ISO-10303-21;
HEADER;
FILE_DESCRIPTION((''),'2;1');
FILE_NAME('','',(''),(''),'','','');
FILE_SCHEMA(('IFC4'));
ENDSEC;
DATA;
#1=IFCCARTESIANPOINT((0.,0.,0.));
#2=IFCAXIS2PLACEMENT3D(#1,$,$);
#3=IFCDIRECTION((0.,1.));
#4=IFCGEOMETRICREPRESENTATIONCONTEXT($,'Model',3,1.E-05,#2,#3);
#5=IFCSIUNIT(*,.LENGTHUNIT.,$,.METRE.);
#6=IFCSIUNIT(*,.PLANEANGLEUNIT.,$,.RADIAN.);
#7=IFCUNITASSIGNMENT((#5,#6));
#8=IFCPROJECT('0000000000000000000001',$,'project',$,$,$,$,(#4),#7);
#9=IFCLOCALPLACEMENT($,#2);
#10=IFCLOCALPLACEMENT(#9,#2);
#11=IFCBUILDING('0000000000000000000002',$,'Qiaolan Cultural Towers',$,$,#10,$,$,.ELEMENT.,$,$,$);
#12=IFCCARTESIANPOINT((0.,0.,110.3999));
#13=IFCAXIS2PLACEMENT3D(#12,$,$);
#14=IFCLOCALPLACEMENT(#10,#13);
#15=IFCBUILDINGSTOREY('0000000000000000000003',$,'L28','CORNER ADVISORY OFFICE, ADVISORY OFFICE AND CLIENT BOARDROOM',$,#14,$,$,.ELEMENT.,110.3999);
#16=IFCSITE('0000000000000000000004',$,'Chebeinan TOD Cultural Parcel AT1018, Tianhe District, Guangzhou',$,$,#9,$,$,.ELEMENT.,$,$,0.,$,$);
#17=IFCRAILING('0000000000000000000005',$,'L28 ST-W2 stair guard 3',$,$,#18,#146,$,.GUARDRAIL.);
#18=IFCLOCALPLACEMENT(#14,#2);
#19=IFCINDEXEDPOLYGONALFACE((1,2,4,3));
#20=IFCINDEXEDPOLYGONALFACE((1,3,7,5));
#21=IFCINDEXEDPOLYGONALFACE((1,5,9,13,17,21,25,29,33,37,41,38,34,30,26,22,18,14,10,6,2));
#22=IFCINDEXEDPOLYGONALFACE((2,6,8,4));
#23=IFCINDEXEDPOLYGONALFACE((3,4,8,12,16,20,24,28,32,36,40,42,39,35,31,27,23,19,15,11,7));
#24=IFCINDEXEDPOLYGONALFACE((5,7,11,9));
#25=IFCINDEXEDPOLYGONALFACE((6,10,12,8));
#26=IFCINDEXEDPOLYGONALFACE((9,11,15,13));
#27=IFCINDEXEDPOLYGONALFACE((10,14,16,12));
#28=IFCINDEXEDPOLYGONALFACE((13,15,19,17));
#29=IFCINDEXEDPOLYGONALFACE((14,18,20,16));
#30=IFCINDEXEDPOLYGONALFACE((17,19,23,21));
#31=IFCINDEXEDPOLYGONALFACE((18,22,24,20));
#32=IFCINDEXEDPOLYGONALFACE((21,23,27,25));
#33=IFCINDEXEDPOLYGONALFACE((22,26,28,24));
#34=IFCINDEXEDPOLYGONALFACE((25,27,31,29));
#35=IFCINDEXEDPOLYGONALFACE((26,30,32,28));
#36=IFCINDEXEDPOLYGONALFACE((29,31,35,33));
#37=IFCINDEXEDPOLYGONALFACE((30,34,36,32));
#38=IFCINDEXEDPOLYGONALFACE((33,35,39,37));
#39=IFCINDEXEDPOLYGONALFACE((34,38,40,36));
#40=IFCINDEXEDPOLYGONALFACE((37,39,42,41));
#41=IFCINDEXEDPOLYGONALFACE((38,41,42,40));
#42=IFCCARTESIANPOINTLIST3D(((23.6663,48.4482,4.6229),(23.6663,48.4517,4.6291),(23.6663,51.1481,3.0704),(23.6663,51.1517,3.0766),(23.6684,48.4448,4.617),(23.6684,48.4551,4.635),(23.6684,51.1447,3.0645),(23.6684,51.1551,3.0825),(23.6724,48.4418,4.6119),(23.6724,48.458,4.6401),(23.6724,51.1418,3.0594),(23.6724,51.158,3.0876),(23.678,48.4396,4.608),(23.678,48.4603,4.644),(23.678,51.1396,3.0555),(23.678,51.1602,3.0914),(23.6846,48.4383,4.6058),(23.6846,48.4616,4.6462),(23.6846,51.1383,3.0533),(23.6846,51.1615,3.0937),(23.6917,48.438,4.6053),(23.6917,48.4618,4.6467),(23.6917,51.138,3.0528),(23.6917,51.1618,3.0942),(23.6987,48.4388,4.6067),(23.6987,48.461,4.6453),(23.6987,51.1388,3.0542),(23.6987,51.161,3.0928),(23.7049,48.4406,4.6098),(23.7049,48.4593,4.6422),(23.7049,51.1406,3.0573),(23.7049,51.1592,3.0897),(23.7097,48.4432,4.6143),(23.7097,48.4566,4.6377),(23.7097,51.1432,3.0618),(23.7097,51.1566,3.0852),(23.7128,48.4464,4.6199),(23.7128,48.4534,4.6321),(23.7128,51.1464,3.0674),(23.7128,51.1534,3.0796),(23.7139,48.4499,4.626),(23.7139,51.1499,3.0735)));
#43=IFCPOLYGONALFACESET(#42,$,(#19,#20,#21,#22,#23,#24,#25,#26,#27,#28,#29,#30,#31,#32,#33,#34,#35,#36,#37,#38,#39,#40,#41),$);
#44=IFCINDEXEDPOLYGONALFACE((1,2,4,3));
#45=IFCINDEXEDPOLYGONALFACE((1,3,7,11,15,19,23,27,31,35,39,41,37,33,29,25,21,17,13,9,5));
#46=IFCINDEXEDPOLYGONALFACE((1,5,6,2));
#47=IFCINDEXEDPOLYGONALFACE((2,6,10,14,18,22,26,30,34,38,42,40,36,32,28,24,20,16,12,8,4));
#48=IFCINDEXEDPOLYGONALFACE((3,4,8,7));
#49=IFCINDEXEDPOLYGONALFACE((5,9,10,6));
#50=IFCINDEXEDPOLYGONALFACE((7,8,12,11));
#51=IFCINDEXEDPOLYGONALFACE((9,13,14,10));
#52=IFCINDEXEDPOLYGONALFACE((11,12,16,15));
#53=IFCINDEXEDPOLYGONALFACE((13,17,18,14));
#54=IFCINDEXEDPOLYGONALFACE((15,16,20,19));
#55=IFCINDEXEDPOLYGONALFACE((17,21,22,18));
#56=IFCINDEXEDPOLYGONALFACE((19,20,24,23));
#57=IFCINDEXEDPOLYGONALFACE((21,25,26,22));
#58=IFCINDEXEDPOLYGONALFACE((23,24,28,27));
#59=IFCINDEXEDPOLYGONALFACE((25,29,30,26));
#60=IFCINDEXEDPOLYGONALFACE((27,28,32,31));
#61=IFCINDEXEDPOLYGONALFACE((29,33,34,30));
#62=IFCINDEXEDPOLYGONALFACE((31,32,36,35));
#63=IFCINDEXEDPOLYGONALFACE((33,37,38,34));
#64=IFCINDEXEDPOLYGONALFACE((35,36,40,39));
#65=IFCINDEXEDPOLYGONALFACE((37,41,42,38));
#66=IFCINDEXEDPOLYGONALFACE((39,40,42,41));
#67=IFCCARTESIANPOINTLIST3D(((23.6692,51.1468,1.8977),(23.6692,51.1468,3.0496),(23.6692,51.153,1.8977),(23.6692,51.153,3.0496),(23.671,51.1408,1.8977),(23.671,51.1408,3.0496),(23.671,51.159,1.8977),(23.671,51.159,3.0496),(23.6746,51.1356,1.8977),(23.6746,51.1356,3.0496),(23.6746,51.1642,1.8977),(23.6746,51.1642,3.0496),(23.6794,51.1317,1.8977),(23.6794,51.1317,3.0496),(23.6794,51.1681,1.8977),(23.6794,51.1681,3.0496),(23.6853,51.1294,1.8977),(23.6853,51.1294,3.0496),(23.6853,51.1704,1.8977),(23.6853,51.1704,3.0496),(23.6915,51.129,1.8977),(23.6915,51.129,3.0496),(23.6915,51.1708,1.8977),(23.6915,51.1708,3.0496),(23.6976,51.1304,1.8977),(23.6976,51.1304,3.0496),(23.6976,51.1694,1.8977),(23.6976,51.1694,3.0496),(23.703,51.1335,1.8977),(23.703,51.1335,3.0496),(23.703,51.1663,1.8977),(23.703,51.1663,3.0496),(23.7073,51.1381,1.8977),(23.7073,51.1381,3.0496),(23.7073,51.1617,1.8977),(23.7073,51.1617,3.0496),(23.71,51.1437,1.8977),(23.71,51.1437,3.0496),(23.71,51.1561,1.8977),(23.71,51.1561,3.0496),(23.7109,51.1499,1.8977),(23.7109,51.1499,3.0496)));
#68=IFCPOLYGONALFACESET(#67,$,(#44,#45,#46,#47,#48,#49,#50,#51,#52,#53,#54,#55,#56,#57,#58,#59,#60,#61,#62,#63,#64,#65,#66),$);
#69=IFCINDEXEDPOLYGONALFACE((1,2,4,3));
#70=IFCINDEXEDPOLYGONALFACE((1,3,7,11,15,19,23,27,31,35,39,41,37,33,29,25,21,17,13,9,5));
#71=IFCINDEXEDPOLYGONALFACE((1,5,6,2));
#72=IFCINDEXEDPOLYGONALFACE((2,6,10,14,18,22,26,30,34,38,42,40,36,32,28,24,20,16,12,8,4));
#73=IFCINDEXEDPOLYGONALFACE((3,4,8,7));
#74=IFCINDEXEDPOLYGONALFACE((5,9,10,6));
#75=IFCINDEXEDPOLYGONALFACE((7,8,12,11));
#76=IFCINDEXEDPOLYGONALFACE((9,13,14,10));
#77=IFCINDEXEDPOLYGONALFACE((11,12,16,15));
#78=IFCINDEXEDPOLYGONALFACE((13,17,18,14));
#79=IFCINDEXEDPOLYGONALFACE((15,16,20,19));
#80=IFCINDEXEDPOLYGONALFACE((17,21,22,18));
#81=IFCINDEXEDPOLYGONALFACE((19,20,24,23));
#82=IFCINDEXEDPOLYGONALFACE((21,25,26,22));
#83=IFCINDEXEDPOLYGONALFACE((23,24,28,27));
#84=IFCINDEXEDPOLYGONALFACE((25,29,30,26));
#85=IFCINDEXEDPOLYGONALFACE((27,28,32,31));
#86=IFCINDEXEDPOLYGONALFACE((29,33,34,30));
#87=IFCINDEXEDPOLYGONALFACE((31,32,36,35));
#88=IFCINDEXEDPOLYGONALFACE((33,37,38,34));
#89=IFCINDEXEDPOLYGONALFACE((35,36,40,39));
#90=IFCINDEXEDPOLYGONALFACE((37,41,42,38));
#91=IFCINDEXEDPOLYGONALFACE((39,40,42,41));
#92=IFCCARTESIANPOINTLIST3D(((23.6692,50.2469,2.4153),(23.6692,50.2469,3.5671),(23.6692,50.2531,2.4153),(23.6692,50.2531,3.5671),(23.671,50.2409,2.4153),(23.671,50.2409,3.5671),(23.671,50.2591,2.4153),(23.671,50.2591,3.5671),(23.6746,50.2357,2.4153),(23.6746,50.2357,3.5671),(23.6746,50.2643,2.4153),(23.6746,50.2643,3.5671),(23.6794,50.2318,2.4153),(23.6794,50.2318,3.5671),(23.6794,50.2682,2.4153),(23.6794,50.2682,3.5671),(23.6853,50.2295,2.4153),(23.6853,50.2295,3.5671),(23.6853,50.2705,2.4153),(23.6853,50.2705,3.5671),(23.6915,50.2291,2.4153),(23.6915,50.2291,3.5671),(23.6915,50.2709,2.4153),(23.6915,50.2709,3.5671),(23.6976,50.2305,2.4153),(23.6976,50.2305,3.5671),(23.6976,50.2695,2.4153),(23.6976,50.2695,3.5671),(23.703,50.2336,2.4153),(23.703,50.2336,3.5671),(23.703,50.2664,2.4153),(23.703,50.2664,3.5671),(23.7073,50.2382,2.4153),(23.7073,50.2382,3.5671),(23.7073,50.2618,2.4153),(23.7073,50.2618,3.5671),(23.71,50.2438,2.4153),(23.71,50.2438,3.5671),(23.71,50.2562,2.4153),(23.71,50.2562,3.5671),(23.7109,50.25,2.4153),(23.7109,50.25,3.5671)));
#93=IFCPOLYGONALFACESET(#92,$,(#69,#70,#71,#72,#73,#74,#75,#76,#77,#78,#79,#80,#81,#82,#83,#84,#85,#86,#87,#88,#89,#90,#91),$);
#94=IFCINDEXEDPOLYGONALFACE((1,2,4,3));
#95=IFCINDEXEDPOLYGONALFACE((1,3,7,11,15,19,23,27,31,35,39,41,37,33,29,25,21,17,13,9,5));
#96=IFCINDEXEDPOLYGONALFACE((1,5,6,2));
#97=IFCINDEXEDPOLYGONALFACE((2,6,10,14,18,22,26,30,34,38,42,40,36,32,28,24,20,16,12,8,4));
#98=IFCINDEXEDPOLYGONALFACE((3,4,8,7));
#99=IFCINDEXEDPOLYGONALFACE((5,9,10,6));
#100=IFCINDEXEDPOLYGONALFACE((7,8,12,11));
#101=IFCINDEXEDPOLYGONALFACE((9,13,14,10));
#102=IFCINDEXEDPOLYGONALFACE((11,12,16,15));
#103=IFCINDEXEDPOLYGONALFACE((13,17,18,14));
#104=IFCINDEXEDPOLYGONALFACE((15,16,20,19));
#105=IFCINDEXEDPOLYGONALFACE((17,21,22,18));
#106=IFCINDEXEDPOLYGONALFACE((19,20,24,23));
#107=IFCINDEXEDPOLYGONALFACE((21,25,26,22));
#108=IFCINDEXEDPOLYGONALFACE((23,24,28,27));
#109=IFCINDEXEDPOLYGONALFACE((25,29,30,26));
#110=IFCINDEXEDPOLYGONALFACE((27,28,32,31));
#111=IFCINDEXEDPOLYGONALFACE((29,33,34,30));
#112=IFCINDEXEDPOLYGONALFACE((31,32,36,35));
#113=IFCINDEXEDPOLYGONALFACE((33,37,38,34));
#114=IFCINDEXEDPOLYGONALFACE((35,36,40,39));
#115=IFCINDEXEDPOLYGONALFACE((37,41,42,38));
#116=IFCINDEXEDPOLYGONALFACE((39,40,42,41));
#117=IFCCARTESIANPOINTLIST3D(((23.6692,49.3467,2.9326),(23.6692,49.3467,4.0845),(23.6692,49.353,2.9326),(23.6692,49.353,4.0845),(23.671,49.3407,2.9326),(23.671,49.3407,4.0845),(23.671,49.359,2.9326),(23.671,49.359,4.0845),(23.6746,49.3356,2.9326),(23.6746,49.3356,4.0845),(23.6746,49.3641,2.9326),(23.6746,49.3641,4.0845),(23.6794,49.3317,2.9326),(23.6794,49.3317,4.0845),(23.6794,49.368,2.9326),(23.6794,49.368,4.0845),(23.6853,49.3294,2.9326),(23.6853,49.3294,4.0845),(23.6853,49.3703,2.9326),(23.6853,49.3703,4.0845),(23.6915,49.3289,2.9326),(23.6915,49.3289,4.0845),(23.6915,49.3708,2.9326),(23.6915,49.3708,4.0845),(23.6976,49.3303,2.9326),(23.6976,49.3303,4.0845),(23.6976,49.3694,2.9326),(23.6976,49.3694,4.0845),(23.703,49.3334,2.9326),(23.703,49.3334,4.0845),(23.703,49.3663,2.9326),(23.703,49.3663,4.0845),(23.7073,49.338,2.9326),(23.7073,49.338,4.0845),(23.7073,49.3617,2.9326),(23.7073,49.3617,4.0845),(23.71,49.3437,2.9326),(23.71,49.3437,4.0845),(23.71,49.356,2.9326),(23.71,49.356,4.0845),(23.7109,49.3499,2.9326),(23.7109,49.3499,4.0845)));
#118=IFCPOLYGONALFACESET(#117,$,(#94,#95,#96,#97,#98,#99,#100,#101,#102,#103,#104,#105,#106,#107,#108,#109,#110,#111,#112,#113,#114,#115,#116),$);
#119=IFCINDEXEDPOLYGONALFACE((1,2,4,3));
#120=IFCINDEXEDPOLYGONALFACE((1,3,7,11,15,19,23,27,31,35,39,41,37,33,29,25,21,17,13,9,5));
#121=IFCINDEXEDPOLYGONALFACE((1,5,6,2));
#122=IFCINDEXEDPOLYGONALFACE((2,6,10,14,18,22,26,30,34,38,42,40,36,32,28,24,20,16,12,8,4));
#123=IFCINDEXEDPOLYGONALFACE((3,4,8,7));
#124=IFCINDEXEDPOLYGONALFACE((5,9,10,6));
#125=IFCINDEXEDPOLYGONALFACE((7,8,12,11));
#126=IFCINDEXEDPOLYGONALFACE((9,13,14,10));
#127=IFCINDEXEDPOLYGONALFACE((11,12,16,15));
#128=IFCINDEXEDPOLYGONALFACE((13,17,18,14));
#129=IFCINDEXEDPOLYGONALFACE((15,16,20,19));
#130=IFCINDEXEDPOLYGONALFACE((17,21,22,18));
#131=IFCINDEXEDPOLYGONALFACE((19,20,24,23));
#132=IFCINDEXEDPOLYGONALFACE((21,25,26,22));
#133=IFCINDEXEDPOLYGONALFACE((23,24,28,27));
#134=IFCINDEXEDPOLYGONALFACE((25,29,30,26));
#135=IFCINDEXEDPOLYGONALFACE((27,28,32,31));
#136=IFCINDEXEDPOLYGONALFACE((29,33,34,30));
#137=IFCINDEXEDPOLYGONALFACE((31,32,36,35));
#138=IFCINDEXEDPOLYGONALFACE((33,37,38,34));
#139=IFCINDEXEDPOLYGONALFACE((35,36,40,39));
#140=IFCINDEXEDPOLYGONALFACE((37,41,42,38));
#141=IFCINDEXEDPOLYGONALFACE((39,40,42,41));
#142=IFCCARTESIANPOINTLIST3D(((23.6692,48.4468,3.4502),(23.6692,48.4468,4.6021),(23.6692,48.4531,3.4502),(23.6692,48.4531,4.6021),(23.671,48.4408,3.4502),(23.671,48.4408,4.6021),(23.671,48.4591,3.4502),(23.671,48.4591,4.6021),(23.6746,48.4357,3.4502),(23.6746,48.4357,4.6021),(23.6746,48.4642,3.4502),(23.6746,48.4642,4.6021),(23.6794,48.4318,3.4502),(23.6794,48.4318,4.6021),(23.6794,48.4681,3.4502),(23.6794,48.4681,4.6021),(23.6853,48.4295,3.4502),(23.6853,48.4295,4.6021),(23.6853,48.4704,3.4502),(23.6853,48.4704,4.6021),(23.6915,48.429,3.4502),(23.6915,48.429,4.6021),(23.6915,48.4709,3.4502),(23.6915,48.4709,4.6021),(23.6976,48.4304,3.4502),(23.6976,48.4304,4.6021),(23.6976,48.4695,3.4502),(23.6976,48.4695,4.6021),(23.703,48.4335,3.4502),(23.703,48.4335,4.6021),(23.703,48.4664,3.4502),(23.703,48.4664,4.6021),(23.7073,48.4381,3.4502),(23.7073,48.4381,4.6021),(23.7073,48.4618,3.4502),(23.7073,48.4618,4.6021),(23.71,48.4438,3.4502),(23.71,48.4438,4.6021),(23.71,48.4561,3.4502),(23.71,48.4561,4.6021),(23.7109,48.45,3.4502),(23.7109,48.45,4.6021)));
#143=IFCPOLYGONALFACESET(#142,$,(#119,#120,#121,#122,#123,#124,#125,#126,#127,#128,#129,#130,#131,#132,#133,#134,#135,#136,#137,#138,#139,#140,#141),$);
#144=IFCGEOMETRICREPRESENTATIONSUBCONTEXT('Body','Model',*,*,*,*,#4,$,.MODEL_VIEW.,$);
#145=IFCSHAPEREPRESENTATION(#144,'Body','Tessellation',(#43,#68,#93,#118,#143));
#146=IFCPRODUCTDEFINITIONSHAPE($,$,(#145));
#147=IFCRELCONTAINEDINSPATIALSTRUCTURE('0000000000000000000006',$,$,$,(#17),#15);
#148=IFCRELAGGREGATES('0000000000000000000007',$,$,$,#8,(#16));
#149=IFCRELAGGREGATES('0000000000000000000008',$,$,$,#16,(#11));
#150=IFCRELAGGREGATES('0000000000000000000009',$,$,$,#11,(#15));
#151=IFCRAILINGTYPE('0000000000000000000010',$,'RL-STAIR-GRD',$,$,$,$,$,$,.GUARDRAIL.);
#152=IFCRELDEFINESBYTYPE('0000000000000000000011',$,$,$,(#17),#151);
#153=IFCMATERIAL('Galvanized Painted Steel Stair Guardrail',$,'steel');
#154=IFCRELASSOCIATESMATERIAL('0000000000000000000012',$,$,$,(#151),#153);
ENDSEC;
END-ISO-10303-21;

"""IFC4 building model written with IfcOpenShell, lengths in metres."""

from ifc_helpers import new_model, si_unit, direction, frame, origin, origin_2d, place, context, subcontext, project, spatial, circle, extrude, material, type_object, element, save


model = new_model("IFC4")

# Units and contexts
model_context = context("Model", 3, precision=1e-05, world=origin(), true_north=direction((0.0, 1.0)))
body_context = subcontext(model_context, "Body", "Model", "MODEL_VIEW")
ifc_project = project(units=[si_unit("LENGTHUNIT", "METRE"), si_unit("PLANEANGLEUNIT", "RADIAN")], contexts=[model_context])

# Site, building, storey
site_placement = place(None, origin())
site = spatial("IfcSite", under=ifc_project, at=site_placement, Name="Chebeinan TOD Cultural Parcel AT1018, Tianhe District, Guangzhou", CompositionType="ELEMENT", RefElevation=0.0)
building_placement = place(site_placement, origin())
building = spatial("IfcBuilding", under=site, at=building_placement, Name="Qiaolan Cultural Towers", CompositionType="ELEMENT")
storey_placement = place(building_placement, frame((0.0, 0.0, 110.3999)))
storey = spatial("IfcBuildingStorey", under=building, at=storey_placement, Name="L28", Description="CORNER ADVISORY OFFICE, ADVISORY OFFICE AND CLIENT BOARDROOM", CompositionType="ELEMENT", Elevation=110.3999)

# Railing
ifc_material_1 = material(Name="Galvanized Painted Steel Stair Guardrail", Category="steel")
railing_type_1 = type_object("IfcRailingType", Name="RL-STAIR-GRD", PredefinedType="GUARDRAIL", material=ifc_material_1)
railing_1_placement = place(storey_placement, frame((23.6899, 51.1499, 1.8977)))
element("IfcRailing", 1, at=railing_1_placement, inside=storey, type_object=railing_type_1, Name="L28 ST-W2 stair guard 3", PredefinedType="GUARDRAIL", context=body_context, shape_type="SweptSolid", body=[
    extrude(circle(Radius=0.0239, at=origin_2d()), frame((0.0, 0.0, 1.1758), z_axis=(0.0, -0.866904, 0.498476), x_axis=(1.0, 0.0, 0.0)), (0.0, 0.0, 1.0), 3.1145),
    extrude(circle(Radius=0.021, at=origin_2d()), origin(), (0.0, 0.0, 1.0), 1.1519),
    extrude(circle(Radius=0.021, at=origin_2d()), frame((0.0, -0.8999, 0.5176)), (0.0, 0.0, 1.0), 1.1519),
    extrude(circle(Radius=0.021, at=origin_2d()), frame((0.0, -1.8, 1.0349)), (0.0, 0.0, 1.0), 1.1519),
    extrude(circle(Radius=0.021, at=origin_2d()), frame((0.0, -2.7, 1.5525)), (0.0, 0.0, 1.0), 1.1519),
])

save(model, "model.ifc")
